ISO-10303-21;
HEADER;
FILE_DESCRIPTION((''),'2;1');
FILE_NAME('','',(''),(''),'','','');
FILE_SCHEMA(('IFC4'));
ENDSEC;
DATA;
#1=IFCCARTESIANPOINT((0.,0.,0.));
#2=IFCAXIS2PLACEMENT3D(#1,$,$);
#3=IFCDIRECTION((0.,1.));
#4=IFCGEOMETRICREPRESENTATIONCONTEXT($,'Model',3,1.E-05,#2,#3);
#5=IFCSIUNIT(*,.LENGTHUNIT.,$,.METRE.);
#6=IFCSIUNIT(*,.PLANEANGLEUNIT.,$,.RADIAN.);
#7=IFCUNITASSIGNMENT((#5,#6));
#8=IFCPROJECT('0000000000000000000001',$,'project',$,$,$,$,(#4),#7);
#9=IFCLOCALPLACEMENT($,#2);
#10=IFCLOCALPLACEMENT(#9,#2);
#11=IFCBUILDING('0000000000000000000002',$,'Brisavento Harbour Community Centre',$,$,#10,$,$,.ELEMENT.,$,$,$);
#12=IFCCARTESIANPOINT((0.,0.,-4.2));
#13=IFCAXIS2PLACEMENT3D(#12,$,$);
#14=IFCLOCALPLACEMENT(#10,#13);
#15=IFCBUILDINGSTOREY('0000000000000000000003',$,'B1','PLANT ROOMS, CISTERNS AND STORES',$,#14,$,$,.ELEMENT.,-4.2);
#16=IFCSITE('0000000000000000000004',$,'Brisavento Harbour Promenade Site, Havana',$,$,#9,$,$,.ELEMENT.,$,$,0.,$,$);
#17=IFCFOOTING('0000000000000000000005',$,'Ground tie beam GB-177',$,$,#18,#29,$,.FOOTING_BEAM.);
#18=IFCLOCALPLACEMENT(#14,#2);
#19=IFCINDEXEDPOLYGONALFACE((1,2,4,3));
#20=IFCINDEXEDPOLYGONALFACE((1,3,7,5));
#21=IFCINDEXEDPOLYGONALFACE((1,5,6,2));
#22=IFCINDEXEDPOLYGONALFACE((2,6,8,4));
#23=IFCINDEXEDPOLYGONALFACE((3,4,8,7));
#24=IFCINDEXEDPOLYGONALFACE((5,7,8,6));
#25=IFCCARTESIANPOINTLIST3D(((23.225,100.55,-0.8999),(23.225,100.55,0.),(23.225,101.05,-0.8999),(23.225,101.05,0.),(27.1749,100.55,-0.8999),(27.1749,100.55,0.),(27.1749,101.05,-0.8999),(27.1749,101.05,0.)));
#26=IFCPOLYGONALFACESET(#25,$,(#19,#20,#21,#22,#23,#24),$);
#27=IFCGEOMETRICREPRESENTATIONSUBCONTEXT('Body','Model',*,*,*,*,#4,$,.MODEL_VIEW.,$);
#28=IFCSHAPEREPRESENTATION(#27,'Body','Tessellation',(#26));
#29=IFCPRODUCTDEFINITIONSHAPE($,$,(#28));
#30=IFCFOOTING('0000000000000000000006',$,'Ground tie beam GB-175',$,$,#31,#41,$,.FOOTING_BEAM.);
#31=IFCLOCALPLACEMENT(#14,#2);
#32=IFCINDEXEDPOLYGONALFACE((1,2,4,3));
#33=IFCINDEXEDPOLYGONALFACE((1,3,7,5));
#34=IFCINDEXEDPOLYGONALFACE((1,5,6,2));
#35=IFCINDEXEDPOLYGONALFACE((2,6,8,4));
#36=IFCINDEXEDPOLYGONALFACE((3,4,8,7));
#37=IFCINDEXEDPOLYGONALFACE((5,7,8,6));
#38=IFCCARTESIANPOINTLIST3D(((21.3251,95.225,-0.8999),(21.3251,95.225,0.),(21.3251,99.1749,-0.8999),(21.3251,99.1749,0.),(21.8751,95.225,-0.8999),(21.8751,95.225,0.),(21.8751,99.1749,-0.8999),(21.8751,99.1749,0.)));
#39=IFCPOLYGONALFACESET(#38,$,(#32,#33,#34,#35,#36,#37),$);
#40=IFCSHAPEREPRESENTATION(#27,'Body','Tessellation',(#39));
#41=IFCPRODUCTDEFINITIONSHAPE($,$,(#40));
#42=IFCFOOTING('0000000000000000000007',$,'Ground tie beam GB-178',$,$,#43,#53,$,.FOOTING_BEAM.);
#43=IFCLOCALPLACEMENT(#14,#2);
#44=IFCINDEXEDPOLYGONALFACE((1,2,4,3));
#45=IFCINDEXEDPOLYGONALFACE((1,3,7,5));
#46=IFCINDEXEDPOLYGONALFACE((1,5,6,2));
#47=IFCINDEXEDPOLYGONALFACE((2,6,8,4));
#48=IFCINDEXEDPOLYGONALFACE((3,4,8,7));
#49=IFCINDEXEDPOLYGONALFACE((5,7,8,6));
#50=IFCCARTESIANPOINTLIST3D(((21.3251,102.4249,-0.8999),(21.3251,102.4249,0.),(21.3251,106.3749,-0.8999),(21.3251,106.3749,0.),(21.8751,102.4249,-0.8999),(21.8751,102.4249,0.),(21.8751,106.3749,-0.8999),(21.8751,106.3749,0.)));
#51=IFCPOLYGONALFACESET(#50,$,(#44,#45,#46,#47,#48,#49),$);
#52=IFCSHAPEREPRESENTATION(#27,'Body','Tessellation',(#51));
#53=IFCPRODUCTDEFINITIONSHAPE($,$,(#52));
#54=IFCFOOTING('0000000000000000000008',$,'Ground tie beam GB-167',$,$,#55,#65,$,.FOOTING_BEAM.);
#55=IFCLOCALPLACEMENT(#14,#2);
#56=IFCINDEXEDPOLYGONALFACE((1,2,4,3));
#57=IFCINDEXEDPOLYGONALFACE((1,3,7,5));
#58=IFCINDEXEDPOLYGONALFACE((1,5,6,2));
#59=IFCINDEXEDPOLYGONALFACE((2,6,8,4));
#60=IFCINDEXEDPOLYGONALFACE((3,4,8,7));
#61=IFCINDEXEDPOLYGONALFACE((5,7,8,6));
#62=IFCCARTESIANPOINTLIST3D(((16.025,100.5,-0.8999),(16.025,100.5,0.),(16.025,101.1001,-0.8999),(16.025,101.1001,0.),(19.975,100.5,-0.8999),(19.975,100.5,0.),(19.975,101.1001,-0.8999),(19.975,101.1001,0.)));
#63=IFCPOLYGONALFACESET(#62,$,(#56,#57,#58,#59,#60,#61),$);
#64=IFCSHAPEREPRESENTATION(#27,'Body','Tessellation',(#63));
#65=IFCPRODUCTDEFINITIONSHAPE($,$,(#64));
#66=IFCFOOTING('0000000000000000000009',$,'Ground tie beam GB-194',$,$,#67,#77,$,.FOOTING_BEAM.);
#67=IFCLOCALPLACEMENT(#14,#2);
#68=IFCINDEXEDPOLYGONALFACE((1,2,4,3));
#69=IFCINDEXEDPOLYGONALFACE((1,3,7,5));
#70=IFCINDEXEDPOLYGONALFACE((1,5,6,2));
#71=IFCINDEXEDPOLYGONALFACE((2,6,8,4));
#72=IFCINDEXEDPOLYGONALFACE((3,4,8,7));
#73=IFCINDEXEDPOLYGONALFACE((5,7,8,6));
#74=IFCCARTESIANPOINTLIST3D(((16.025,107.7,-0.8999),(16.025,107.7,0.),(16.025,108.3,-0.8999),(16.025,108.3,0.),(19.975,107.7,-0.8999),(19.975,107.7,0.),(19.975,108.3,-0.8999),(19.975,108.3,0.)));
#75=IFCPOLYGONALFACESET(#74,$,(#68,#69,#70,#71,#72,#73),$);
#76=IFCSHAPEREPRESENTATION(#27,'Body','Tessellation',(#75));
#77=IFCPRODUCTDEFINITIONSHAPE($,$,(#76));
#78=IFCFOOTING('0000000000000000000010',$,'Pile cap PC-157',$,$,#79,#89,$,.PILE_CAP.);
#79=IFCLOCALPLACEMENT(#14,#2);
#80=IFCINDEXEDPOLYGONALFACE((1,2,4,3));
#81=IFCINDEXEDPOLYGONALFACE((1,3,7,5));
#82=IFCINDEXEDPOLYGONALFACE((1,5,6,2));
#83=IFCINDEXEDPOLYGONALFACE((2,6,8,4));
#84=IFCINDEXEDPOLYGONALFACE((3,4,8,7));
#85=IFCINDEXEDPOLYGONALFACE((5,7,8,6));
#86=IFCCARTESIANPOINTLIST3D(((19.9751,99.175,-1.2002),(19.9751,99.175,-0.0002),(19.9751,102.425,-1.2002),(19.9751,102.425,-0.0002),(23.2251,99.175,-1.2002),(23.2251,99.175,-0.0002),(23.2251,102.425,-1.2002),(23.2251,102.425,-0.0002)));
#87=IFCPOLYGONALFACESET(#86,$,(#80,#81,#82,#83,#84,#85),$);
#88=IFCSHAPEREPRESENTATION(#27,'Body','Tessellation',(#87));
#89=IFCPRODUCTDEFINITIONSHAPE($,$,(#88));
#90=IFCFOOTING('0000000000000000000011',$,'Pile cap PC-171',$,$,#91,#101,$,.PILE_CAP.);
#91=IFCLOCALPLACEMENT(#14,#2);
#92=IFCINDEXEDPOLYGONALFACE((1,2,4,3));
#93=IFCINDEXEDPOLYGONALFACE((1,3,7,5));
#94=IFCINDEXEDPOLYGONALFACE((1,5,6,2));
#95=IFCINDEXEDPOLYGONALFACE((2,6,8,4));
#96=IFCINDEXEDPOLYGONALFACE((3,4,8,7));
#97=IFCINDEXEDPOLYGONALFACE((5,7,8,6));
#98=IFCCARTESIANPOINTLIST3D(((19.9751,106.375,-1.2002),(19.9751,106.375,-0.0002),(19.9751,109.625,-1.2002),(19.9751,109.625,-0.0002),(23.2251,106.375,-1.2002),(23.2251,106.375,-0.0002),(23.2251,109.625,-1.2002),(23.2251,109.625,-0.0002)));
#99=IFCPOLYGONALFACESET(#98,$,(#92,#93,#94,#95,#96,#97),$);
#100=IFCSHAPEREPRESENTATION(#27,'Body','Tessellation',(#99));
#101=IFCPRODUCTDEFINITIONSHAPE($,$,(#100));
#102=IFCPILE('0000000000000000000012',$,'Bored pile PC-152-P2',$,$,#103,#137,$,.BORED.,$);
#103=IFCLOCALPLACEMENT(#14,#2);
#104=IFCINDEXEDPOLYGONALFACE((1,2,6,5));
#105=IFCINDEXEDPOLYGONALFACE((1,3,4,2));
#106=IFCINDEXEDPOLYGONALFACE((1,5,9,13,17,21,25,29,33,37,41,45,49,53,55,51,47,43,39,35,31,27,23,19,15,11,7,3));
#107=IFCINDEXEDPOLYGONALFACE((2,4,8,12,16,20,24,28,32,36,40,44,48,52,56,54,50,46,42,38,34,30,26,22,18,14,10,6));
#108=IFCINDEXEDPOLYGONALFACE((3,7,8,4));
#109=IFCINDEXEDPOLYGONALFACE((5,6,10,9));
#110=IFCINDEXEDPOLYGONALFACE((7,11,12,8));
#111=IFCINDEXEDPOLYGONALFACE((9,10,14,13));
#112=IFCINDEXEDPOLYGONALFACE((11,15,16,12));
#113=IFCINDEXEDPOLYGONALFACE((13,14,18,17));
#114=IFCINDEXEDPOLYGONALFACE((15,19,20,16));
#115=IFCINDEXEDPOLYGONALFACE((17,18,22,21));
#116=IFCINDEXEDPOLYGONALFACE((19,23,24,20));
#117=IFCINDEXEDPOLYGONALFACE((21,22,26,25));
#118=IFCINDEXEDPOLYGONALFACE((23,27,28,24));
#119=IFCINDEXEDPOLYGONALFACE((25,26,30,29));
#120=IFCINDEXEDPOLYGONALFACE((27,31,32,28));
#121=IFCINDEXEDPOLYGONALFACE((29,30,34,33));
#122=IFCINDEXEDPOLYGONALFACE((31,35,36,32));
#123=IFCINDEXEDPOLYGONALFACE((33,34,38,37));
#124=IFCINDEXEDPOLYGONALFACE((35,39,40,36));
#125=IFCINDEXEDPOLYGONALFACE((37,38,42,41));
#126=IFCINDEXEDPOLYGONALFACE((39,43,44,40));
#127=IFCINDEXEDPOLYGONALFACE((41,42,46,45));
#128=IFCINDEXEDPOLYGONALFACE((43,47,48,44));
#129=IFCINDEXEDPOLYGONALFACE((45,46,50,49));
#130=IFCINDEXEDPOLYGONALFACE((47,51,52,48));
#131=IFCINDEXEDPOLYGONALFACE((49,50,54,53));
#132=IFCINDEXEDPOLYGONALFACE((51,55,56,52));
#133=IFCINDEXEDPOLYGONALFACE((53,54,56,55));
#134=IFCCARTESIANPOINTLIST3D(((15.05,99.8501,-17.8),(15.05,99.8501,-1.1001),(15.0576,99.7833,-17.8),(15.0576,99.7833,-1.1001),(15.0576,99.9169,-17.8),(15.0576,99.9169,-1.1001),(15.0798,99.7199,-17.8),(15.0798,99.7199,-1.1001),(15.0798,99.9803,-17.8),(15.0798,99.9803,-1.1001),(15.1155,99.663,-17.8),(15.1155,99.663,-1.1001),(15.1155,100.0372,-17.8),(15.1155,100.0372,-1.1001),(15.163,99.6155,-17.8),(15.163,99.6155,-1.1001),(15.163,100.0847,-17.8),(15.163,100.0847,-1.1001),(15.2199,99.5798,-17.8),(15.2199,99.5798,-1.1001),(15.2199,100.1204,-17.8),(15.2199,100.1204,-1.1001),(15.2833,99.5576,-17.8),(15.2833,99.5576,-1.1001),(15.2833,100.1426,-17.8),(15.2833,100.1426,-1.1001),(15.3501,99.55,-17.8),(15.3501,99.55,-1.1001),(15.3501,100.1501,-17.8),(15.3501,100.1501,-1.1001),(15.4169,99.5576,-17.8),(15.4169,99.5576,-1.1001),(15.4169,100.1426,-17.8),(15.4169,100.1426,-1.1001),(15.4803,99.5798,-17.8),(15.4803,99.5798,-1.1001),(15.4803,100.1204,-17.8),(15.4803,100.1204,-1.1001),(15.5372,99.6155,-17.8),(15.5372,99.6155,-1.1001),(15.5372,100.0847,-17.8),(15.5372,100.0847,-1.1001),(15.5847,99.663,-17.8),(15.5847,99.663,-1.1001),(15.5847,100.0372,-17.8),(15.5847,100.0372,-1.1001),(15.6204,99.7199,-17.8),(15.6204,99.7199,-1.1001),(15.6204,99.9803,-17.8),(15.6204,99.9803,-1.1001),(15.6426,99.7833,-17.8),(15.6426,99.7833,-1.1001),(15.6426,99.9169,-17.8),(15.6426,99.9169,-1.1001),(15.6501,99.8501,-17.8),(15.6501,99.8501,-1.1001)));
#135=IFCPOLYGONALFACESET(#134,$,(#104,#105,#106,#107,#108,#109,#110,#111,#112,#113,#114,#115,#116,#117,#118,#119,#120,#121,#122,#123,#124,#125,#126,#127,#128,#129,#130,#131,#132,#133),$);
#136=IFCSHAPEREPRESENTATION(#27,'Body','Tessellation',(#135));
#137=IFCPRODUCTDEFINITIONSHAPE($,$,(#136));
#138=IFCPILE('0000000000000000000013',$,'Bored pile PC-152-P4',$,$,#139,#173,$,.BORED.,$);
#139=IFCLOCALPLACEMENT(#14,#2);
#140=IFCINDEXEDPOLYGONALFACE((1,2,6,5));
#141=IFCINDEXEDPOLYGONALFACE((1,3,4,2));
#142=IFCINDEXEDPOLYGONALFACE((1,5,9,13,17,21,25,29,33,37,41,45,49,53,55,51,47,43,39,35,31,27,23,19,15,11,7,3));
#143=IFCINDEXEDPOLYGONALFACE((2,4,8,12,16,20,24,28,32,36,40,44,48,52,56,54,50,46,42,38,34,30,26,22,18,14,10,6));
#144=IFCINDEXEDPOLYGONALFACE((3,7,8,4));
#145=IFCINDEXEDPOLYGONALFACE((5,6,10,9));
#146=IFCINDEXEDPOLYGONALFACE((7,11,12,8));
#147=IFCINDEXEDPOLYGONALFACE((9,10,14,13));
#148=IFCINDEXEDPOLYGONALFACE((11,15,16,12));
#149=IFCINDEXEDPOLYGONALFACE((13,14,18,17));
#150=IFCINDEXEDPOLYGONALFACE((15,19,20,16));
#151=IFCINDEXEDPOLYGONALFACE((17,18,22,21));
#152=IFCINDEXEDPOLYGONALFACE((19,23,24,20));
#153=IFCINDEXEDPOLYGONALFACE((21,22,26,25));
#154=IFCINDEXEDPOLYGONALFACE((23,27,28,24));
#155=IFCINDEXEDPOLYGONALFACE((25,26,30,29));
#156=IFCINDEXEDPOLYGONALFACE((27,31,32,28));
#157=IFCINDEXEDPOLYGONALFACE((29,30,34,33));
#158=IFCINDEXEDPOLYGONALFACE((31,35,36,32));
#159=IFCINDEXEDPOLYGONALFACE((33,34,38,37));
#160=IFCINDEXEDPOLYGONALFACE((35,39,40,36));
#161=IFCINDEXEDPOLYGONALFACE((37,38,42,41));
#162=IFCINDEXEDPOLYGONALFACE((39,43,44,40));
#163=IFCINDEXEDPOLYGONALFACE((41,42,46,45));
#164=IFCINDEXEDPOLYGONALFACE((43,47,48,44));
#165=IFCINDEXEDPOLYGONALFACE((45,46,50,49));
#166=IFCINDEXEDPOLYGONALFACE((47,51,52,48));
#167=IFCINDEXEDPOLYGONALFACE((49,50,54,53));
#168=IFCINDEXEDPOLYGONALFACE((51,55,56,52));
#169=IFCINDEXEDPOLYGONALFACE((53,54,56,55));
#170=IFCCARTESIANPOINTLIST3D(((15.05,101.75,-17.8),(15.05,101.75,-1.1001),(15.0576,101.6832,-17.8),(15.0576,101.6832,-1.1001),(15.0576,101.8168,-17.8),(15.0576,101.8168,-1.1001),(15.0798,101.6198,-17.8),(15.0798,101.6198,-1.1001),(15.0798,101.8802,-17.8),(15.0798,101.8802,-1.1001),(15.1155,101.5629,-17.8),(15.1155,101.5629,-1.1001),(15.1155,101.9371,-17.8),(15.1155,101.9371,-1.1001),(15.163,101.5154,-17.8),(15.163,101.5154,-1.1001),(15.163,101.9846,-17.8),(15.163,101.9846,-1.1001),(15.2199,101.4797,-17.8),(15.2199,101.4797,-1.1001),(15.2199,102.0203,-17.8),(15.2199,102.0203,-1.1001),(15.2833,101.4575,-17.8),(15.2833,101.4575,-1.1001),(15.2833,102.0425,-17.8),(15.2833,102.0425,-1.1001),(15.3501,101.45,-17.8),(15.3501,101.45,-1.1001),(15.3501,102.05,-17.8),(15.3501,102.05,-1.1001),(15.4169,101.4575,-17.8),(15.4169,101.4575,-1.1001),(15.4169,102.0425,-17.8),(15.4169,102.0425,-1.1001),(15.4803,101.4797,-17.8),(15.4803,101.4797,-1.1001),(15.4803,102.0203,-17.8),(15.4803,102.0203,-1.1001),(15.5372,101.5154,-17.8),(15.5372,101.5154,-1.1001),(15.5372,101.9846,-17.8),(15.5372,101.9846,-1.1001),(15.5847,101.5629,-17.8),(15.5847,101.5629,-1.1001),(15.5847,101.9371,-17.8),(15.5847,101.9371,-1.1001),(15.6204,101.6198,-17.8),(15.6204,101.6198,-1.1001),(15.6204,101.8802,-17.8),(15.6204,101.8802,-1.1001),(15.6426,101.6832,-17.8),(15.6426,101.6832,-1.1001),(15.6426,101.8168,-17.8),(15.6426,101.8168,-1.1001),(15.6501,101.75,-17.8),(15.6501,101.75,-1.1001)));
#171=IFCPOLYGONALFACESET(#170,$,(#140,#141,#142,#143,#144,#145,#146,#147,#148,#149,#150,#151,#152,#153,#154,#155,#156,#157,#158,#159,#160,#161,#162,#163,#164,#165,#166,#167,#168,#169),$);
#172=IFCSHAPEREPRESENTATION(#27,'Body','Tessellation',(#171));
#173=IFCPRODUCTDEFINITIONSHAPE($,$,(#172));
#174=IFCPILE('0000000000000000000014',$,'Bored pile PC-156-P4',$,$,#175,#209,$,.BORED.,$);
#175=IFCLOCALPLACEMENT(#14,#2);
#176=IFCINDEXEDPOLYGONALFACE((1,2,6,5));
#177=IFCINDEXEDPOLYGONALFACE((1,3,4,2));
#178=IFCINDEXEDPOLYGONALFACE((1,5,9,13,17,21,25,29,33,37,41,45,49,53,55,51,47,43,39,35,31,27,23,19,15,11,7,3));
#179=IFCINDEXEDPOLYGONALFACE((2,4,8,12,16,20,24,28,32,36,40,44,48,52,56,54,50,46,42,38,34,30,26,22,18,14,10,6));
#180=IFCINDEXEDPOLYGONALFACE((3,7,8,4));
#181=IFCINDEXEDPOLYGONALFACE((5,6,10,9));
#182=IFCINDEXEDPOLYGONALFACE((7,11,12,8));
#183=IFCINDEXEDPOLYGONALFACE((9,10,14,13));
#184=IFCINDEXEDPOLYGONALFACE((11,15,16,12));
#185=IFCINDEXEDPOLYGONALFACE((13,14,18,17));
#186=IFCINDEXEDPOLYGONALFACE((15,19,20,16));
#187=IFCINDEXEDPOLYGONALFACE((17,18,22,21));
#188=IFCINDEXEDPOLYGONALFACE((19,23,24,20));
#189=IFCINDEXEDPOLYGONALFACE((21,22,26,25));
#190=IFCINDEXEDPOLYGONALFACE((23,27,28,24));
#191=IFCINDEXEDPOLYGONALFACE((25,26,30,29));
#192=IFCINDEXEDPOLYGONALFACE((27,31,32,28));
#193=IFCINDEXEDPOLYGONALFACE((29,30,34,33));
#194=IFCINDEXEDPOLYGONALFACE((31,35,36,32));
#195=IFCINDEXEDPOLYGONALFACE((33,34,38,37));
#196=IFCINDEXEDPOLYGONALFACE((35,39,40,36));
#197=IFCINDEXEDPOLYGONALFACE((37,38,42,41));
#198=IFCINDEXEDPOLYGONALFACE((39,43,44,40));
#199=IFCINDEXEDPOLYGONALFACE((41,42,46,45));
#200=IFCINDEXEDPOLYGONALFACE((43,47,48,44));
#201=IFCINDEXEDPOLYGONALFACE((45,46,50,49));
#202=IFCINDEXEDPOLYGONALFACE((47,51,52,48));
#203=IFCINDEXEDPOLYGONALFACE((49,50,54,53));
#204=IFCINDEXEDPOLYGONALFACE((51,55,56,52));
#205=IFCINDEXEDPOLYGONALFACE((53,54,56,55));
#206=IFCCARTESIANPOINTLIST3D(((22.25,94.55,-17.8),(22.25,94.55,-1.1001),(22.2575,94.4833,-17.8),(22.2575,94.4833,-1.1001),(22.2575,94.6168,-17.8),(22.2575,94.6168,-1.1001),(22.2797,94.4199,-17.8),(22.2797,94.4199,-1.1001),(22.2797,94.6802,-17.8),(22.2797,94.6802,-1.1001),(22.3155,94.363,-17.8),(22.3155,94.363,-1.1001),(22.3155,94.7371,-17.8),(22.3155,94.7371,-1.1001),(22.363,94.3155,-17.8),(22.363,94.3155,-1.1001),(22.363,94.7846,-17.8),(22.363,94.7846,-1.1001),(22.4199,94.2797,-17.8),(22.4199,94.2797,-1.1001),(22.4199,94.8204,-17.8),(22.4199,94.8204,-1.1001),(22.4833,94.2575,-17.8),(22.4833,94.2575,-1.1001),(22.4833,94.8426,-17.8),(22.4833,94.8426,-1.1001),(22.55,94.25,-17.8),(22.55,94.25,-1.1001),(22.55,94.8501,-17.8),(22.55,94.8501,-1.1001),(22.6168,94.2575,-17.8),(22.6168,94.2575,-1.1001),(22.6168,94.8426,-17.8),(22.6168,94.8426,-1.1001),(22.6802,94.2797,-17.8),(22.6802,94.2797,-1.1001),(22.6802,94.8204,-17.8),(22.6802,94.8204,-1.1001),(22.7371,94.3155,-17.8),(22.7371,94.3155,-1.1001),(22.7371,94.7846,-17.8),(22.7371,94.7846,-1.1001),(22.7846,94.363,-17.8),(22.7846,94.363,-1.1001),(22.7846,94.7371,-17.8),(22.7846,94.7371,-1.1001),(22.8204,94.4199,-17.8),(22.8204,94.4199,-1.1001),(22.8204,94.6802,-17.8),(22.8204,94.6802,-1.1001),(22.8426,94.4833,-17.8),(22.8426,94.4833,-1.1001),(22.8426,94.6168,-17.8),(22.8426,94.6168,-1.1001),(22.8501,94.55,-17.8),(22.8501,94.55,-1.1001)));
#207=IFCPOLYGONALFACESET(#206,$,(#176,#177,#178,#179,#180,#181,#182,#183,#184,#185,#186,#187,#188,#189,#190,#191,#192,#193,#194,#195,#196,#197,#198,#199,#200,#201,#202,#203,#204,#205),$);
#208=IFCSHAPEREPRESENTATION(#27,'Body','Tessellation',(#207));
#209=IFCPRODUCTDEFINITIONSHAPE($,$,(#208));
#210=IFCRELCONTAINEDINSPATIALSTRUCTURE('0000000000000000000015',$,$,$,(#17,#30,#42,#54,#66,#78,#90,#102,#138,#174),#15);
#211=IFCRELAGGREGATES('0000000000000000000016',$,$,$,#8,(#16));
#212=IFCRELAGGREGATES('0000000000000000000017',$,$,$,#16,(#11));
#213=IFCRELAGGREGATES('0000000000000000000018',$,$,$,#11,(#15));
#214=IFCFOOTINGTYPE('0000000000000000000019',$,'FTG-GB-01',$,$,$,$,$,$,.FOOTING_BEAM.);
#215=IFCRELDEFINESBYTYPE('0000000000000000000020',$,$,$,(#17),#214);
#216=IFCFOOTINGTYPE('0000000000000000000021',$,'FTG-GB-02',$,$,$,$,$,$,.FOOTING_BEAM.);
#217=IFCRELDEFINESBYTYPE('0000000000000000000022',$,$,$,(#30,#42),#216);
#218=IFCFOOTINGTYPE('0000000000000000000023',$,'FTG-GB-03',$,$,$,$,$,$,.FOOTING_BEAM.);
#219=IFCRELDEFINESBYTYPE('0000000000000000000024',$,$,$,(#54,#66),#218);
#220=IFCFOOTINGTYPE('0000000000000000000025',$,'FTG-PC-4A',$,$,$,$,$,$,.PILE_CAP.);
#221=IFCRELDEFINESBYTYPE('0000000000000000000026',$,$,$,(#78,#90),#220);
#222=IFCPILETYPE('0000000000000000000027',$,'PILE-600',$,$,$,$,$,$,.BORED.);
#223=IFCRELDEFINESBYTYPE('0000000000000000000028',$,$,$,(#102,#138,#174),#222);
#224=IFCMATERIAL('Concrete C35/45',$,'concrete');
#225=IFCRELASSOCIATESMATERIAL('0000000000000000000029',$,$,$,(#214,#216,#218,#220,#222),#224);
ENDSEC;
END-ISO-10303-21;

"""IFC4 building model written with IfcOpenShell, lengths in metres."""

from ifc_helpers import new_model, si_unit, direction, frame, origin, origin_2d, place, context, subcontext, project, spatial, rectangle, circle, extrude, material, material_profile, profile_set, type_object, element, save


model = new_model("IFC4")

# Units and contexts
model_context = context("Model", 3, precision=1e-05, world=origin(), true_north=direction((0.0, 1.0)))
body_context = subcontext(model_context, "Body", "Model", "MODEL_VIEW")
ifc_project = project(units=[si_unit("LENGTHUNIT", "METRE"), si_unit("PLANEANGLEUNIT", "RADIAN")], contexts=[model_context])

# Site, building, storey
site_placement = place(None, origin())
site = spatial("IfcSite", under=ifc_project, at=site_placement, Name="Brisavento Harbour Promenade Site, Havana", CompositionType="ELEMENT", RefElevation=0.0)
building_placement = place(site_placement, origin())
building = spatial("IfcBuilding", under=site, at=building_placement, Name="Brisavento Harbour Community Centre", CompositionType="ELEMENT")
storey_placement = place(building_placement, frame((0.0, 0.0, -4.2)))
storey = spatial("IfcBuildingStorey", under=building, at=storey_placement, Name="B1", Description="PLANT ROOMS, CISTERNS AND STORES", CompositionType="ELEMENT", Elevation=-4.2)

# Footings
ifc_material = material(Name="Concrete C35/45", Category="concrete")
footing_type_1 = type_object("IfcFootingType", Name="FTG-GB-01", PredefinedType="FOOTING_BEAM", material=ifc_material)
footing_placement = place(storey_placement, frame((25.2, 100.8, -0.8999), z_axis=(0.0, 0.0, 1.0), x_axis=(1.0, 0.0, 0.0)))
element("IfcFooting", 1, at=footing_placement, inside=storey, type_object=footing_type_1, Name="Ground tie beam GB-177", PredefinedType="FOOTING_BEAM", context=body_context, shape_type="SweptSolid", body=[
    extrude(rectangle(XDim=3.95, YDim=0.5, at=origin_2d()), origin(), (0.0, 0.0, 1.0), 0.8999),
])
footing_type_2 = type_object("IfcFootingType", Name="FTG-GB-02", PredefinedType="FOOTING_BEAM", material=ifc_material)
for number, where, z_axis, x_axis, name in (
    (2, (21.6001, 97.2, -0.8999), (0.0, 0.0, 1.0), (1.0, 0.0, 0.0), "Ground tie beam GB-175"),
    (3, (21.6001, 104.3999, -0.8999), (0.0, 0.0, 1.0), (1.0, 0.0, 0.0), "Ground tie beam GB-178"),
):
    element("IfcFooting", number, at=place(storey_placement, frame(where, z_axis=z_axis, x_axis=x_axis)), inside=storey, type_object=footing_type_2, Name=name, PredefinedType="FOOTING_BEAM", context=body_context, shape_type="SweptSolid", body=[
        extrude(rectangle(XDim=0.55, YDim=3.95, at=origin_2d()), origin(), (0.0, 0.0, 1.0), 0.8999),
    ])
footing_type_3 = type_object("IfcFootingType", Name="FTG-GB-03", PredefinedType="FOOTING_BEAM", material=ifc_material)
for number, where, z_axis, x_axis, name in (
    (4, (18.0, 100.8, -0.8999), (0.0, 0.0, 1.0), (1.0, 0.0, 0.0), "Ground tie beam GB-167"),
    (5, (18.0, 108.0, -0.8999), (0.0, 0.0, 1.0), (1.0, 0.0, 0.0), "Ground tie beam GB-194"),
):
    element("IfcFooting", number, at=place(storey_placement, frame(where, z_axis=z_axis, x_axis=x_axis)), inside=storey, type_object=footing_type_3, Name=name, PredefinedType="FOOTING_BEAM", context=body_context, shape_type="SweptSolid", body=[
        extrude(rectangle(XDim=3.95, YDim=0.6001, at=origin_2d()), origin(), (0.0, 0.0, 1.0), 0.8999),
    ])
footing_type_4 = type_object("IfcFootingType", Name="FTG-PC-4A", PredefinedType="PILE_CAP", material=ifc_material)
for number, where, z_axis, x_axis, name in (
    (6, (21.6001, 100.8, -1.2002), (0.0, 0.0, 1.0), (1.0, 0.0, 0.0), "Pile cap PC-157"),
    (7, (21.6001, 108.0, -1.2002), (0.0, 0.0, 1.0), (1.0, 0.0, 0.0), "Pile cap PC-171"),
):
    element("IfcFooting", number, at=place(storey_placement, frame(where, z_axis=z_axis, x_axis=x_axis)), inside=storey, type_object=footing_type_4, Name=name, PredefinedType="PILE_CAP", context=body_context, shape_type="SweptSolid", body=[
        extrude(rectangle(XDim=3.25, YDim=3.25, at=origin_2d()), origin(), (0.0, 0.0, 1.0), 1.2),
    ])

# Piles
ifc_material_profile_1 = material_profile(ifc_material, circle(Radius=0.3, at=origin_2d()), Name="Concrete C35/45")
ifc_profile_set_1 = profile_set([ifc_material_profile_1], Name="Concrete C35/45")
pile_type = type_object("IfcPileType", Name="PILE-600", PredefinedType="BORED", material=ifc_profile_set_1)
for number, where, z_axis, x_axis, name in (
    (8, (15.3501, 99.8501, -1.1001), (0.0, 0.0, -1.0), (1.0, 0.0, 0.0), "Bored pile PC-152-P2"),
    (9, (15.3501, 101.75, -1.1001), (0.0, 0.0, -1.0), (1.0, 0.0, 0.0), "Bored pile PC-152-P4"),
    (10, (22.55, 94.55, -1.1001), (0.0, 0.0, -1.0), (1.0, 0.0, 0.0), "Bored pile PC-156-P4"),
):
    element("IfcPile", number, at=place(storey_placement, frame(where, z_axis=z_axis, x_axis=x_axis)), inside=storey, type_object=pile_type, Name=name, PredefinedType="BORED", context=body_context, shape_type="SweptSolid", body=[
        extrude(circle(Radius=0.3, at=origin_2d()), origin(), (0.0, 0.0, 1.0), 16.7),
    ])

save(model, "model.ifc")
